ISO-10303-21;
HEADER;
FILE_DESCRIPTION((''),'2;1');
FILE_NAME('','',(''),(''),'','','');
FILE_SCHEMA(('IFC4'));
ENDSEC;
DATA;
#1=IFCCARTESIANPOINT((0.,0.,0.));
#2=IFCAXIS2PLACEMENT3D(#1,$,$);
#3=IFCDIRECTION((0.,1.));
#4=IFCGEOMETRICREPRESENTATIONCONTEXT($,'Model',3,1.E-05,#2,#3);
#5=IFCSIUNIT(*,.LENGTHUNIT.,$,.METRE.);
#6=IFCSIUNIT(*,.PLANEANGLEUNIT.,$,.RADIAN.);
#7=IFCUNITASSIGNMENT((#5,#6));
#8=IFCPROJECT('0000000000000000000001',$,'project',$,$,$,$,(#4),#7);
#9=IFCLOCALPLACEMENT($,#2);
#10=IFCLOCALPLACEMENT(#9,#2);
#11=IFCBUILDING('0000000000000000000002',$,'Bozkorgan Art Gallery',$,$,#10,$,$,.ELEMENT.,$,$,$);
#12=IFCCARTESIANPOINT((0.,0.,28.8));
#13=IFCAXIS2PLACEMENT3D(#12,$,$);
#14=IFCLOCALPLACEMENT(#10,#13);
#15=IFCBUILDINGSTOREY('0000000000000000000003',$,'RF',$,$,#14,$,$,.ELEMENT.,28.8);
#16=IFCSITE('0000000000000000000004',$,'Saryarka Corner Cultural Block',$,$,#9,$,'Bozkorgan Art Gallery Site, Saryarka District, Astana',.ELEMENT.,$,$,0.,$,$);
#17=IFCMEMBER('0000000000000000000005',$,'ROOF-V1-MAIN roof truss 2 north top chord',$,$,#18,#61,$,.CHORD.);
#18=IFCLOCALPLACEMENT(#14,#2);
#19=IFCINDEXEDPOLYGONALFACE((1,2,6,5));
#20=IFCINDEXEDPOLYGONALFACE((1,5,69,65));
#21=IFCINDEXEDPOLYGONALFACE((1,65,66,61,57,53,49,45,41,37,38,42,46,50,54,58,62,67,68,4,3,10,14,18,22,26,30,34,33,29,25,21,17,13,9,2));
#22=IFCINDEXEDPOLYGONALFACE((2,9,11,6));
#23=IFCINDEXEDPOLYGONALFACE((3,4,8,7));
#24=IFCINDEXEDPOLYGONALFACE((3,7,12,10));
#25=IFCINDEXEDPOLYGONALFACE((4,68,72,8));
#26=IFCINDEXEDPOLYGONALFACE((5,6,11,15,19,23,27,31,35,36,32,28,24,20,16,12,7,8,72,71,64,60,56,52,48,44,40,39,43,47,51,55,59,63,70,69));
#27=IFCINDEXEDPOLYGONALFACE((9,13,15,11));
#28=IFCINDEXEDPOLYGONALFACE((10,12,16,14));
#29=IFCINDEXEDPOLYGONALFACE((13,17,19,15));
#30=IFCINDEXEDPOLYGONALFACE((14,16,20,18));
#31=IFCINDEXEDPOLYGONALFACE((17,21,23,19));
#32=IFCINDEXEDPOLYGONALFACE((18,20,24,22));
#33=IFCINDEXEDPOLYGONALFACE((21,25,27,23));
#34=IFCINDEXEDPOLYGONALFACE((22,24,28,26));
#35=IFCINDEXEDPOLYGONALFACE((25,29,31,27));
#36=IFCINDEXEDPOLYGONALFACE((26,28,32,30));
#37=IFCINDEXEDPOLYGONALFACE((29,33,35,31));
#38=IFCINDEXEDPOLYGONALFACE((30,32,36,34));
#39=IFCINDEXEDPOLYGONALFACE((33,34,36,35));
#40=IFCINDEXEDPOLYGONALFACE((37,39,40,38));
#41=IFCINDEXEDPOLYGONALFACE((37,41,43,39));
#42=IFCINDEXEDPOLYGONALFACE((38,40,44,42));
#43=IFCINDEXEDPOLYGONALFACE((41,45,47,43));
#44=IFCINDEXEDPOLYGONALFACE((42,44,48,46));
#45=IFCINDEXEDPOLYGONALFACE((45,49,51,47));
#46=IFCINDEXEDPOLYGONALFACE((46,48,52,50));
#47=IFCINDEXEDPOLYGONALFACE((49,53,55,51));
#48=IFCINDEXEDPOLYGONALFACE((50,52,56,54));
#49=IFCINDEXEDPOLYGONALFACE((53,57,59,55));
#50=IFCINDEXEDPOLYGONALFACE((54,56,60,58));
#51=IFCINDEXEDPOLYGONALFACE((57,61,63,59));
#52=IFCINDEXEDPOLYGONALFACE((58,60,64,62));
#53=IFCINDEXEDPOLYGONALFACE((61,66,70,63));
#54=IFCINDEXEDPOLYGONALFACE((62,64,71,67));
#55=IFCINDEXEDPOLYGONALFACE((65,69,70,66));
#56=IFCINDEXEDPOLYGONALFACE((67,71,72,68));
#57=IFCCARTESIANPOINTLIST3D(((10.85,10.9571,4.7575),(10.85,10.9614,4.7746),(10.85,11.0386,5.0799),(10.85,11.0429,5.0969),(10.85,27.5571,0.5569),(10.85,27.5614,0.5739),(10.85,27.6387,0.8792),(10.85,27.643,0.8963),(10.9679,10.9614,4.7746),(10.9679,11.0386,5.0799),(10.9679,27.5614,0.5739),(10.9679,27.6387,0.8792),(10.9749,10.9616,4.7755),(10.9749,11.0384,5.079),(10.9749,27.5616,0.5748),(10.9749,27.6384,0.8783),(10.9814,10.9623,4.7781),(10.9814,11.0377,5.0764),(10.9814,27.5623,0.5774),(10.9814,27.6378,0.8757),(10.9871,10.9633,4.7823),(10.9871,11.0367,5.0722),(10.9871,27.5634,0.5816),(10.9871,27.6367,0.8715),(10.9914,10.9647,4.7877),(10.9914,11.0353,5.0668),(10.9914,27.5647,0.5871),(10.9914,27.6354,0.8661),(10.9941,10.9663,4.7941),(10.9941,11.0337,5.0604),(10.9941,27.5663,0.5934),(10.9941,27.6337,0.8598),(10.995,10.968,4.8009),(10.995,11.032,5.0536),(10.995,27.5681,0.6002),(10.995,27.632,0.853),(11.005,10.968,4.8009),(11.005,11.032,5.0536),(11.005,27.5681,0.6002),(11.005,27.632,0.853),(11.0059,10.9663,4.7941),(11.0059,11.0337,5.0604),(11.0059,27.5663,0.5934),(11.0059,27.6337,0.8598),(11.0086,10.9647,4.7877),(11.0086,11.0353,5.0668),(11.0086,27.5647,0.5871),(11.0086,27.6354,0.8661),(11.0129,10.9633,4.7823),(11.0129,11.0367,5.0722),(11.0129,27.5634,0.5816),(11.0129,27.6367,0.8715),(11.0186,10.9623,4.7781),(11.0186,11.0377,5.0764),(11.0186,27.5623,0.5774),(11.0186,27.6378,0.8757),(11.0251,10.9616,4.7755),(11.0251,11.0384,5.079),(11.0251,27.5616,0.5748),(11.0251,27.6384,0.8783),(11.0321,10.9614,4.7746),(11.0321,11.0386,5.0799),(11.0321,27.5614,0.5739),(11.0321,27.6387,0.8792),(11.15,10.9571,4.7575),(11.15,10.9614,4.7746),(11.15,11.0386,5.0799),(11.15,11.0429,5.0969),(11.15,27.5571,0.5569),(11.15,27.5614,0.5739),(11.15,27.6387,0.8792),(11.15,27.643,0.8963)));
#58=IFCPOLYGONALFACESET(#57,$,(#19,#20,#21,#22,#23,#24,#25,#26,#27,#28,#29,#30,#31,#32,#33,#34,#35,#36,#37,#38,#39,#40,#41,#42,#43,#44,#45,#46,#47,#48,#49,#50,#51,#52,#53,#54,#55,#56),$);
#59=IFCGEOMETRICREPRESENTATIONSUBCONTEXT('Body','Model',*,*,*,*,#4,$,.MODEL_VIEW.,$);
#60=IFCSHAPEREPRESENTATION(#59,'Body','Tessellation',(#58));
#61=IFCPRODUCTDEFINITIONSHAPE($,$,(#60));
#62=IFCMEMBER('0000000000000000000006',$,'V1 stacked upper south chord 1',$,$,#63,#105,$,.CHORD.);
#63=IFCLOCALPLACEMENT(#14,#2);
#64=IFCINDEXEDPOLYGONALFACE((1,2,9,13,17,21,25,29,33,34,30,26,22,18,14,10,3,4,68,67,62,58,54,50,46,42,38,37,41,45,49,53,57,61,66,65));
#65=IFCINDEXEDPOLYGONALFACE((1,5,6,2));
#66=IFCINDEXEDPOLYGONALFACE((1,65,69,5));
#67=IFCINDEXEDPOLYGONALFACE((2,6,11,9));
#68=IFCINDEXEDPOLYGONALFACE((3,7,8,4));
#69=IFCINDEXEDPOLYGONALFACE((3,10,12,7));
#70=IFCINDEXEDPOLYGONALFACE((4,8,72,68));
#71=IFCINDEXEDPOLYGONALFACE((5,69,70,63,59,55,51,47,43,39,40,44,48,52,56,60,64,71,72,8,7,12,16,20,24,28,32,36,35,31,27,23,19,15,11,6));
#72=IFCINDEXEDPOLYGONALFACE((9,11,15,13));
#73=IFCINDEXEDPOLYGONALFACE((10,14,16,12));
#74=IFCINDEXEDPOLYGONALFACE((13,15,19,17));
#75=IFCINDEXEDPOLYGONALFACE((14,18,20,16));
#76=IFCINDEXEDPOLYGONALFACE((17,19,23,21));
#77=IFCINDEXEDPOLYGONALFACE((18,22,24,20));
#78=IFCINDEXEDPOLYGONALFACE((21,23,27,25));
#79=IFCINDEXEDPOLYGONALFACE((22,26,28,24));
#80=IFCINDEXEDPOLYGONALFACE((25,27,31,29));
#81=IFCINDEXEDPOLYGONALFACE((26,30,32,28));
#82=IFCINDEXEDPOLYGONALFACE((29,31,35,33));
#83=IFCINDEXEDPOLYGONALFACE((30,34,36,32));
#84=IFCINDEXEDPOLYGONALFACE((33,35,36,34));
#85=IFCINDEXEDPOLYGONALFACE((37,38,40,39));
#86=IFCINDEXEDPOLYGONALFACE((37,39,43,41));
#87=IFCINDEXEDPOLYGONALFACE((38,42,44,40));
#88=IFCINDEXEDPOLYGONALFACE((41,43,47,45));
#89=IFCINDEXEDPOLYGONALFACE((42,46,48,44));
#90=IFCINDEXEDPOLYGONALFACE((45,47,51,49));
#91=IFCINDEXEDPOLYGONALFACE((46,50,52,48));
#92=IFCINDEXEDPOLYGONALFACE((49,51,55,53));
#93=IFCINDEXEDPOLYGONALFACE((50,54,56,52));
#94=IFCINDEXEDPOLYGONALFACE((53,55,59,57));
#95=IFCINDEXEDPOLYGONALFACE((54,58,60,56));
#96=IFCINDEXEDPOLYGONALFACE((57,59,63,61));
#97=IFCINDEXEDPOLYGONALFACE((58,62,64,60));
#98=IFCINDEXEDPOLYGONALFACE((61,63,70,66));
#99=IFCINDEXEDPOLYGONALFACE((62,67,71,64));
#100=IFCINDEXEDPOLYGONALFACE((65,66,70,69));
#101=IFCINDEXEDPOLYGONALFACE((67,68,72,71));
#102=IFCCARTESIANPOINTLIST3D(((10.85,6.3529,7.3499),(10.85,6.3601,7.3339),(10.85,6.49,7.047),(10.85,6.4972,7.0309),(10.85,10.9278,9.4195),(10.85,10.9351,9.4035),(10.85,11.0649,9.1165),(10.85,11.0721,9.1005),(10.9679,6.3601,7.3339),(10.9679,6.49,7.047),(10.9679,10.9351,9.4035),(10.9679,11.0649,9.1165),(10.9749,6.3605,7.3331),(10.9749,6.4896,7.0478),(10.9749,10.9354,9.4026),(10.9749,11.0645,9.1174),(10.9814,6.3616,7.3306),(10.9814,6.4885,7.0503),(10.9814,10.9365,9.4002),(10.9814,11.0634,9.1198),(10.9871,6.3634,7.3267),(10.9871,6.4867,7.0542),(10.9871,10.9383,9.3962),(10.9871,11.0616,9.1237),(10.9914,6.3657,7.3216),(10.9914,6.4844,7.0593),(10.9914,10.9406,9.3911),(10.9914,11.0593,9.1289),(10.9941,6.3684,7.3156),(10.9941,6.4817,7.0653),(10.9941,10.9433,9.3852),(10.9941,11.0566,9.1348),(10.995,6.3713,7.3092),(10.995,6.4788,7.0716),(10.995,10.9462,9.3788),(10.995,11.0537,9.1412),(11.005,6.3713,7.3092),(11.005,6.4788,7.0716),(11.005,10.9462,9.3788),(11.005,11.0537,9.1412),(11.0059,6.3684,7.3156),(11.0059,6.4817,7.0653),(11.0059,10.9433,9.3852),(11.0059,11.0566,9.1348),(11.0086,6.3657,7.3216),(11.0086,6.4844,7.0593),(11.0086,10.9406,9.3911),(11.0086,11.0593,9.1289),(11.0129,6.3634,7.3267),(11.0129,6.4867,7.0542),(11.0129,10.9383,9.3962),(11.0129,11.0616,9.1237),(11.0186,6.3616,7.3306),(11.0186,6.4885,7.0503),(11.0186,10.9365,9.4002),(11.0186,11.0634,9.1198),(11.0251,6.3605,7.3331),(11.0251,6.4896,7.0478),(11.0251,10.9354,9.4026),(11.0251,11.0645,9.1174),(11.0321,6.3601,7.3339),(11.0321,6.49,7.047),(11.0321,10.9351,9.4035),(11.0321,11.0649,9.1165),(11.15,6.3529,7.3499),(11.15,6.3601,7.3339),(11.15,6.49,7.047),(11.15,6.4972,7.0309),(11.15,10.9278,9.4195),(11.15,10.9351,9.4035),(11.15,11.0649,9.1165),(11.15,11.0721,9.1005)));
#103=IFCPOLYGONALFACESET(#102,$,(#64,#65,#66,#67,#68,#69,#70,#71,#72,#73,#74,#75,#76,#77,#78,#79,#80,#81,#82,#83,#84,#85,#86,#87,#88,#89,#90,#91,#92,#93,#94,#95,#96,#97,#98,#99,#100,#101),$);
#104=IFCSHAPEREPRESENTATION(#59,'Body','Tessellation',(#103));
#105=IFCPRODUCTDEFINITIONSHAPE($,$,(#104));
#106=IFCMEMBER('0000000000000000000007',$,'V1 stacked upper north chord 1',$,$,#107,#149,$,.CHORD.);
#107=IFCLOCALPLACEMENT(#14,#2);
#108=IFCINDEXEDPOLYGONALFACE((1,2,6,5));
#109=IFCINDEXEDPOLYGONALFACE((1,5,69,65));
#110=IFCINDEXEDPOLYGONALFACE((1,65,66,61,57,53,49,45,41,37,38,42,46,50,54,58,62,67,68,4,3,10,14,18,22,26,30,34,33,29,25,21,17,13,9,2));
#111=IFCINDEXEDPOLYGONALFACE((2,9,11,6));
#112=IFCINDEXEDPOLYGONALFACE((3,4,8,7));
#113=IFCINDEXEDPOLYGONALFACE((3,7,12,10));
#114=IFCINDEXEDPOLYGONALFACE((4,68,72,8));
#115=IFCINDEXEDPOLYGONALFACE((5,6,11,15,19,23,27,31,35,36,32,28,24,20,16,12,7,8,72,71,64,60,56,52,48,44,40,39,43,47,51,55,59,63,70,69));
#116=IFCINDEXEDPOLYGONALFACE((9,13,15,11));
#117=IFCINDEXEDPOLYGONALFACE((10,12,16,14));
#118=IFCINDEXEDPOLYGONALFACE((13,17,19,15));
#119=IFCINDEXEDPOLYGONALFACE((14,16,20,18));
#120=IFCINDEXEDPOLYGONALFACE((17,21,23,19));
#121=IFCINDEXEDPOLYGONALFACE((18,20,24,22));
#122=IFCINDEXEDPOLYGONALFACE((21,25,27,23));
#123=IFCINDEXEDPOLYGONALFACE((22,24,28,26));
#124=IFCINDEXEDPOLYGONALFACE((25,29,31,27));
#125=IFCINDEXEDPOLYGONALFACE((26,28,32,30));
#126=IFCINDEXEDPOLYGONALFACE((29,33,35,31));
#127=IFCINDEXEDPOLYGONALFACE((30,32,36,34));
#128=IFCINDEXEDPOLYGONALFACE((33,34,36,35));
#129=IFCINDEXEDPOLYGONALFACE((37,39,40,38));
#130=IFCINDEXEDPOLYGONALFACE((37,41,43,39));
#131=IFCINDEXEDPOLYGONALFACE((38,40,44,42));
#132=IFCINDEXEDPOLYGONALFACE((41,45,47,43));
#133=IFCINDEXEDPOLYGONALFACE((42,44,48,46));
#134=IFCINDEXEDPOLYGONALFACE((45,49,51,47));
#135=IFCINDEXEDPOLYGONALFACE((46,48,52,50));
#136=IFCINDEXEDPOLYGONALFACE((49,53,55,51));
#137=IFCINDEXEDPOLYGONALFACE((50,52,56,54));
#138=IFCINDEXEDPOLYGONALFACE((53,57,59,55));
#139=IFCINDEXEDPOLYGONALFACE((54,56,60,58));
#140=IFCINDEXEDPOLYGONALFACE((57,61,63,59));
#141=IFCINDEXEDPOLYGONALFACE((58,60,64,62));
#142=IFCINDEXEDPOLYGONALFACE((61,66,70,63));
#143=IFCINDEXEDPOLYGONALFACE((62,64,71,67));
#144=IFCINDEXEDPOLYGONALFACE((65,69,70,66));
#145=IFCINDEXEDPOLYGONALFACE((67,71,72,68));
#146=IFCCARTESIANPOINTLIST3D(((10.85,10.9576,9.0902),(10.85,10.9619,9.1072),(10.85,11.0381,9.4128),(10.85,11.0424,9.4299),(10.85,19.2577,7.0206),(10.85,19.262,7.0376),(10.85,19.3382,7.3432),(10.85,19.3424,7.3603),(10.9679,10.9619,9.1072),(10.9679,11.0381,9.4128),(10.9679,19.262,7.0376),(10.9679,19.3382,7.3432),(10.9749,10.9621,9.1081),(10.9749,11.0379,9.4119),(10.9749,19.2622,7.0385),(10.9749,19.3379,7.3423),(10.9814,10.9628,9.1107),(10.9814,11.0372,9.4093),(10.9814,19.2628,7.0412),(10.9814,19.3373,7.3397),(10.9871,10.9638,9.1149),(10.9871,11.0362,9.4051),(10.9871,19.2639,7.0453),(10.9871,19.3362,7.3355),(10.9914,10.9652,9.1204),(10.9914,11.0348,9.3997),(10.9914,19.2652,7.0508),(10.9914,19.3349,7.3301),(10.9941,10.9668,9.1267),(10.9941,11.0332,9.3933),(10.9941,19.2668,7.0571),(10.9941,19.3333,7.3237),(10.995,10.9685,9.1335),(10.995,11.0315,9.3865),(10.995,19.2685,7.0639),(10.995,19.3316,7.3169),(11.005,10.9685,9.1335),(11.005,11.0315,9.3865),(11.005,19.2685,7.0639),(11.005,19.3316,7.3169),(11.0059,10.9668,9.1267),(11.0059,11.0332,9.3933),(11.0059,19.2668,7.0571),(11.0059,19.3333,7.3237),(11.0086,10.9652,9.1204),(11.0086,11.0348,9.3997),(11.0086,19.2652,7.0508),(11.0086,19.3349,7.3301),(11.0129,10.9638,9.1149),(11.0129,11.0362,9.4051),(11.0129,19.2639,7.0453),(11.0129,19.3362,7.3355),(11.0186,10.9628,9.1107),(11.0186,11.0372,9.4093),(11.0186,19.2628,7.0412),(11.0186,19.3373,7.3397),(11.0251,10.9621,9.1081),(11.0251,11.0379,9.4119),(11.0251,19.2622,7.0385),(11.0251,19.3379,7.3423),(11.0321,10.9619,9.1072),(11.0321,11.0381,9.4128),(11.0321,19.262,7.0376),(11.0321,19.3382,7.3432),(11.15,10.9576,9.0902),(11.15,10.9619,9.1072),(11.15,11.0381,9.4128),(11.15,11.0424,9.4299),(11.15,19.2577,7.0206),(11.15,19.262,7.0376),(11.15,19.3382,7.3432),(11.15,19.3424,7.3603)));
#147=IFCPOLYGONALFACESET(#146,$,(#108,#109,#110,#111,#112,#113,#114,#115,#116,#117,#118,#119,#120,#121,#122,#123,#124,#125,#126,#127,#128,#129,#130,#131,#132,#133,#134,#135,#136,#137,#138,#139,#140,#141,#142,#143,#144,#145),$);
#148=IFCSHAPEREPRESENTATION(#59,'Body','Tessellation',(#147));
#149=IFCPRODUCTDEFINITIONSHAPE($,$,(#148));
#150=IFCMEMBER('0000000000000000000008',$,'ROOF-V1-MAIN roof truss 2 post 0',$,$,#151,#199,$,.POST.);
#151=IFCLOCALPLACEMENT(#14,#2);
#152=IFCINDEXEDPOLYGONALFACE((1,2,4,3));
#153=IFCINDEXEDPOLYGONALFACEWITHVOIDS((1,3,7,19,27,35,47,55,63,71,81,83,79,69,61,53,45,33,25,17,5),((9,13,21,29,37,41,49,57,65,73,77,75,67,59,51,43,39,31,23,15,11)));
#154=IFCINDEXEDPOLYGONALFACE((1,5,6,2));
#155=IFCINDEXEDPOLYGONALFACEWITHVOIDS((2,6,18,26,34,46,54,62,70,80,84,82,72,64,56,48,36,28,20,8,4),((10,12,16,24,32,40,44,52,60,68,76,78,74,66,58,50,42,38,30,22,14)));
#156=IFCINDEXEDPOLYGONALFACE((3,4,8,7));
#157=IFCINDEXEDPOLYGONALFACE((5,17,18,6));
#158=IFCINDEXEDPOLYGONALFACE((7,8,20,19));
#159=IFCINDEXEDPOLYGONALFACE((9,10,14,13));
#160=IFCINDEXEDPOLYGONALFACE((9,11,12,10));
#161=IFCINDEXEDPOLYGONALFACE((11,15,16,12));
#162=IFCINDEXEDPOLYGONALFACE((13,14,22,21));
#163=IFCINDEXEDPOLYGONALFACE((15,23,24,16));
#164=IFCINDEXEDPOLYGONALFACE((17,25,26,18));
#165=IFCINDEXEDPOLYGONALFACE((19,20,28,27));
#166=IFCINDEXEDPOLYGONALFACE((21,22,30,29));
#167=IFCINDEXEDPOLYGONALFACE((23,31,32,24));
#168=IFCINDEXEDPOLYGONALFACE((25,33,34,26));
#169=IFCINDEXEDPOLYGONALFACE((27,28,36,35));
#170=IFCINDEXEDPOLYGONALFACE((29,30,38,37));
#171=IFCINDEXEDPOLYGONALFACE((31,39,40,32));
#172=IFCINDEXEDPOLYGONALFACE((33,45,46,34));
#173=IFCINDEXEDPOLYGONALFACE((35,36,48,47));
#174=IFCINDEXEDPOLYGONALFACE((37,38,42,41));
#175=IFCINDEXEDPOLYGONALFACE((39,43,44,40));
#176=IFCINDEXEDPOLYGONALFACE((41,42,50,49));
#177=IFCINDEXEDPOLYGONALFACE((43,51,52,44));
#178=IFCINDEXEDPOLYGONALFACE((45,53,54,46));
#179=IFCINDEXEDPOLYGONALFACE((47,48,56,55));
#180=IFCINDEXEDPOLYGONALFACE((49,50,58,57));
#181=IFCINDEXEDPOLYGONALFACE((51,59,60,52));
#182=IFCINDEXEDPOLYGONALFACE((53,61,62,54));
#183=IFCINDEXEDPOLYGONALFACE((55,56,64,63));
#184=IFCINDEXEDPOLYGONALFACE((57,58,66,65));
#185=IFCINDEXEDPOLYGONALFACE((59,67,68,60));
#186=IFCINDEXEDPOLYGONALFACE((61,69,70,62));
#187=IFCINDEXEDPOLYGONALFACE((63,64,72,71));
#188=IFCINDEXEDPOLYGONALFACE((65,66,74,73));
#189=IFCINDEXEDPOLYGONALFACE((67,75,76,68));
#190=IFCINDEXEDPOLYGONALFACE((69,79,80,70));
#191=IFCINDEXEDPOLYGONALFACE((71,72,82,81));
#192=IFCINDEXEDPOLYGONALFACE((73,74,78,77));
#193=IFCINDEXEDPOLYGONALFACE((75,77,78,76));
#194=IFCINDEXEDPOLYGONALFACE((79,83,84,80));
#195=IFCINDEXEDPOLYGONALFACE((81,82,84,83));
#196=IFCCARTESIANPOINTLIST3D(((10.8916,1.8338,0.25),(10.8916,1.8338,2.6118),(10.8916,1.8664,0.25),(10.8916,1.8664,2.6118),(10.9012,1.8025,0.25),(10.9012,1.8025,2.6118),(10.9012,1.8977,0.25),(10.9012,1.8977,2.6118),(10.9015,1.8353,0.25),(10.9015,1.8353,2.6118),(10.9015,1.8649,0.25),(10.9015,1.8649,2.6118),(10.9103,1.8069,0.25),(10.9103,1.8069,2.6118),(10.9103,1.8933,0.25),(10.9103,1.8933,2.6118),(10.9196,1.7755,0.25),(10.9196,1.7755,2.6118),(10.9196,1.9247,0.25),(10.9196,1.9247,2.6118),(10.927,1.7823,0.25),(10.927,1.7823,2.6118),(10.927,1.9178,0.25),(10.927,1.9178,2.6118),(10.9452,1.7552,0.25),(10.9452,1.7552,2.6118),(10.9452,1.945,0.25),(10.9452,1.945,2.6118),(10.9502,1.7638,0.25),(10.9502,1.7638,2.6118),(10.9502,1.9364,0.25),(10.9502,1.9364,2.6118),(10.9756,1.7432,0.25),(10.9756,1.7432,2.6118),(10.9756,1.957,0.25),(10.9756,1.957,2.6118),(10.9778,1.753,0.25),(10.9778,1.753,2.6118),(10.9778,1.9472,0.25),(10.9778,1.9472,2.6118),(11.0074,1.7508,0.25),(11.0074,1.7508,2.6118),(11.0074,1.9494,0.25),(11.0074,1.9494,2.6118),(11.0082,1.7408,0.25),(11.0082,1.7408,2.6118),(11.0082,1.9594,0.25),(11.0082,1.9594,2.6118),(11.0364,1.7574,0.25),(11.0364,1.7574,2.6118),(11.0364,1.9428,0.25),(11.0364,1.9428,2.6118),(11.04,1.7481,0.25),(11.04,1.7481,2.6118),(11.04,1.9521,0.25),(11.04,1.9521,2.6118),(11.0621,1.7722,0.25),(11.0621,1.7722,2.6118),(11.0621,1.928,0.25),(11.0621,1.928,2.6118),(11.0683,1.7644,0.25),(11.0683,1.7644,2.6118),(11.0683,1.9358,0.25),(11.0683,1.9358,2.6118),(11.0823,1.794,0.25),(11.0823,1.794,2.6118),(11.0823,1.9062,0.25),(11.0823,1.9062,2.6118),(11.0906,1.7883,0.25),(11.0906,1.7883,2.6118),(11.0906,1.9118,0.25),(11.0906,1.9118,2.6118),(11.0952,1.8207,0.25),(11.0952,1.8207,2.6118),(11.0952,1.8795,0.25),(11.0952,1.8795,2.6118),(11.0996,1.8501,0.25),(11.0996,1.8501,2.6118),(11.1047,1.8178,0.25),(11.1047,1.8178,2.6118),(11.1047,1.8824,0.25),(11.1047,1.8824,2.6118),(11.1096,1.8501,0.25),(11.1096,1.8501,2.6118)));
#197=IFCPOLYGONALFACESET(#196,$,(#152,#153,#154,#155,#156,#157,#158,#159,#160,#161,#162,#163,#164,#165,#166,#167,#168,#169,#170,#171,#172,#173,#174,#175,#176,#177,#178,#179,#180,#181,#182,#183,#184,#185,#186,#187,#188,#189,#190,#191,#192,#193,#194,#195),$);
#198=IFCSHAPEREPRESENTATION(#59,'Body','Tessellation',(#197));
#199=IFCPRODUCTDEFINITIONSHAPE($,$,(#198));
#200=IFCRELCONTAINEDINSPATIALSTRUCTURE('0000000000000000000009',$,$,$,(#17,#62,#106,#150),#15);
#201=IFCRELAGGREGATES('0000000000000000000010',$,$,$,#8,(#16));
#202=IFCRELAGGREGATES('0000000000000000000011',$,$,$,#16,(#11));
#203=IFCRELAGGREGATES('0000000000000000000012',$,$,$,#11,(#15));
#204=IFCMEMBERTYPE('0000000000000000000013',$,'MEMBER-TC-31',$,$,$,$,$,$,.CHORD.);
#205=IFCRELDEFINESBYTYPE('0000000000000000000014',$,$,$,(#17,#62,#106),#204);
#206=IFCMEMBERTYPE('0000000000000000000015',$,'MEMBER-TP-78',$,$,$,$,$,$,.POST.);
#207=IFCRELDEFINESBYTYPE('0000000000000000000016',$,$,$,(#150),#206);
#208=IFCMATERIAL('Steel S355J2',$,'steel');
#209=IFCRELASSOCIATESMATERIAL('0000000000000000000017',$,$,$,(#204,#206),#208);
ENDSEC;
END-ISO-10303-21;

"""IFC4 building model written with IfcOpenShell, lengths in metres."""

from ifc_helpers import new_model, si_unit, direction, frame, origin, origin_2d, place, context, subcontext, project, spatial, hollow_circle, i_section, extrude, material, material_profile, profile_set, type_object, element, save


model = new_model("IFC4")

# Units and contexts
model_context = context("Model", 3, precision=1e-05, world=origin(), true_north=direction((0.0, 1.0)))
body_context = subcontext(model_context, "Body", "Model", "MODEL_VIEW")
ifc_project = project(units=[si_unit("LENGTHUNIT", "METRE"), si_unit("PLANEANGLEUNIT", "RADIAN")], contexts=[model_context])

# Site, building, storey
site_placement = place(None, origin())
site = spatial("IfcSite", under=ifc_project, at=site_placement, Name="Saryarka Corner Cultural Block", LongName="Bozkorgan Art Gallery Site, Saryarka District, Astana", CompositionType="ELEMENT", RefElevation=0.0)
building_placement = place(site_placement, origin())
building = spatial("IfcBuilding", under=site, at=building_placement, Name="Bozkorgan Art Gallery", CompositionType="ELEMENT")
storey_placement = place(building_placement, frame((0.0, 0.0, 28.8)))
storey = spatial("IfcBuildingStorey", under=building, at=storey_placement, Name="RF", CompositionType="ELEMENT", Elevation=28.8)

# Shared definitions
ifc_material_1 = material(Name="Steel S355J2", Category="steel")

# Members
ifc_material_profile_1 = material_profile(ifc_material_1, i_section(OverallWidth=0.3, OverallDepth=0.3501, WebThickness=0.01, FlangeThickness=0.0176, FilletRadius=0.0271, at=origin_2d()), Name="HEA 360")
ifc_profile_set_1 = profile_set([ifc_material_profile_1], Name="Steel S355J2")
member_type_1 = type_object("IfcMemberType", Name="MEMBER-TC-31", PredefinedType="CHORD", material=ifc_profile_set_1)
member_1_placement = place(storey_placement, frame((11.0, 11.0, 4.9272), z_axis=(0.0, 0.969442, -0.245319), x_axis=(-1.0, 0.0, 0.0)))
element("IfcMember", 1, at=member_1_placement, inside=storey, type_object=member_type_1, Name="ROOF-V1-MAIN roof truss 2 north top chord", PredefinedType="CHORD", context=body_context, shape_type="SweptSolid", body=[
    extrude(i_section(OverallWidth=0.3, OverallDepth=0.3501, WebThickness=0.01, FlangeThickness=0.0176, FilletRadius=0.0271, at=origin_2d()), origin(), (0.0, 0.0, 1.0), 17.1233),
])
member_2_placement = place(storey_placement, frame((11.0, 6.425, 7.1904), z_axis=(0.0, 0.911111, 0.412161), x_axis=(-1.0, 0.0, 0.0)))
element("IfcMember", 2, at=member_2_placement, inside=storey, type_object=member_type_1, Name="V1 stacked upper south chord 1", PredefinedType="CHORD", context=body_context, shape_type="SweptSolid", body=[
    extrude(i_section(OverallWidth=0.3, OverallDepth=0.3501, WebThickness=0.01, FlangeThickness=0.0176, FilletRadius=0.0271, at=origin_2d()), origin(), (0.0, 0.0, 1.0), 5.0212),
])
member_3_placement = place(storey_placement, frame((11.0, 11.0, 9.26), z_axis=(0.0, 0.970292, -0.241938), x_axis=(-1.0, 0.0, 0.0)))
element("IfcMember", 3, at=member_3_placement, inside=storey, type_object=member_type_1, Name="V1 stacked upper north chord 1", PredefinedType="CHORD", context=body_context, shape_type="SweptSolid", body=[
    extrude(i_section(OverallWidth=0.3, OverallDepth=0.3501, WebThickness=0.01, FlangeThickness=0.0176, FilletRadius=0.0271, at=origin_2d()), origin(), (0.0, 0.0, 1.0), 8.5542),
])
ifc_material_profile_2 = material_profile(ifc_material_1, hollow_circle(Radius=0.1096, WallThickness=0.01, at=origin_2d()), Name="CHS 219.1x10")
ifc_profile_set_2 = profile_set([ifc_material_profile_2], Name="Steel S355J2")
member_type_2 = type_object("IfcMemberType", Name="MEMBER-TP-78", PredefinedType="POST", material=ifc_profile_set_2)
member_4_placement = place(storey_placement, frame((11.0, 1.8501, 0.25), z_axis=(0.0, 0.0, 1.0), x_axis=(1.0, 0.0, 0.0)))
element("IfcMember", 4, at=member_4_placement, inside=storey, type_object=member_type_2, Name="ROOF-V1-MAIN roof truss 2 post 0", PredefinedType="POST", context=body_context, shape_type="SweptSolid", body=[
    extrude(hollow_circle(Radius=0.1096, WallThickness=0.01, at=origin_2d()), origin(), (0.0, 0.0, 1.0), 2.3618),
])

save(model, "model.ifc")
